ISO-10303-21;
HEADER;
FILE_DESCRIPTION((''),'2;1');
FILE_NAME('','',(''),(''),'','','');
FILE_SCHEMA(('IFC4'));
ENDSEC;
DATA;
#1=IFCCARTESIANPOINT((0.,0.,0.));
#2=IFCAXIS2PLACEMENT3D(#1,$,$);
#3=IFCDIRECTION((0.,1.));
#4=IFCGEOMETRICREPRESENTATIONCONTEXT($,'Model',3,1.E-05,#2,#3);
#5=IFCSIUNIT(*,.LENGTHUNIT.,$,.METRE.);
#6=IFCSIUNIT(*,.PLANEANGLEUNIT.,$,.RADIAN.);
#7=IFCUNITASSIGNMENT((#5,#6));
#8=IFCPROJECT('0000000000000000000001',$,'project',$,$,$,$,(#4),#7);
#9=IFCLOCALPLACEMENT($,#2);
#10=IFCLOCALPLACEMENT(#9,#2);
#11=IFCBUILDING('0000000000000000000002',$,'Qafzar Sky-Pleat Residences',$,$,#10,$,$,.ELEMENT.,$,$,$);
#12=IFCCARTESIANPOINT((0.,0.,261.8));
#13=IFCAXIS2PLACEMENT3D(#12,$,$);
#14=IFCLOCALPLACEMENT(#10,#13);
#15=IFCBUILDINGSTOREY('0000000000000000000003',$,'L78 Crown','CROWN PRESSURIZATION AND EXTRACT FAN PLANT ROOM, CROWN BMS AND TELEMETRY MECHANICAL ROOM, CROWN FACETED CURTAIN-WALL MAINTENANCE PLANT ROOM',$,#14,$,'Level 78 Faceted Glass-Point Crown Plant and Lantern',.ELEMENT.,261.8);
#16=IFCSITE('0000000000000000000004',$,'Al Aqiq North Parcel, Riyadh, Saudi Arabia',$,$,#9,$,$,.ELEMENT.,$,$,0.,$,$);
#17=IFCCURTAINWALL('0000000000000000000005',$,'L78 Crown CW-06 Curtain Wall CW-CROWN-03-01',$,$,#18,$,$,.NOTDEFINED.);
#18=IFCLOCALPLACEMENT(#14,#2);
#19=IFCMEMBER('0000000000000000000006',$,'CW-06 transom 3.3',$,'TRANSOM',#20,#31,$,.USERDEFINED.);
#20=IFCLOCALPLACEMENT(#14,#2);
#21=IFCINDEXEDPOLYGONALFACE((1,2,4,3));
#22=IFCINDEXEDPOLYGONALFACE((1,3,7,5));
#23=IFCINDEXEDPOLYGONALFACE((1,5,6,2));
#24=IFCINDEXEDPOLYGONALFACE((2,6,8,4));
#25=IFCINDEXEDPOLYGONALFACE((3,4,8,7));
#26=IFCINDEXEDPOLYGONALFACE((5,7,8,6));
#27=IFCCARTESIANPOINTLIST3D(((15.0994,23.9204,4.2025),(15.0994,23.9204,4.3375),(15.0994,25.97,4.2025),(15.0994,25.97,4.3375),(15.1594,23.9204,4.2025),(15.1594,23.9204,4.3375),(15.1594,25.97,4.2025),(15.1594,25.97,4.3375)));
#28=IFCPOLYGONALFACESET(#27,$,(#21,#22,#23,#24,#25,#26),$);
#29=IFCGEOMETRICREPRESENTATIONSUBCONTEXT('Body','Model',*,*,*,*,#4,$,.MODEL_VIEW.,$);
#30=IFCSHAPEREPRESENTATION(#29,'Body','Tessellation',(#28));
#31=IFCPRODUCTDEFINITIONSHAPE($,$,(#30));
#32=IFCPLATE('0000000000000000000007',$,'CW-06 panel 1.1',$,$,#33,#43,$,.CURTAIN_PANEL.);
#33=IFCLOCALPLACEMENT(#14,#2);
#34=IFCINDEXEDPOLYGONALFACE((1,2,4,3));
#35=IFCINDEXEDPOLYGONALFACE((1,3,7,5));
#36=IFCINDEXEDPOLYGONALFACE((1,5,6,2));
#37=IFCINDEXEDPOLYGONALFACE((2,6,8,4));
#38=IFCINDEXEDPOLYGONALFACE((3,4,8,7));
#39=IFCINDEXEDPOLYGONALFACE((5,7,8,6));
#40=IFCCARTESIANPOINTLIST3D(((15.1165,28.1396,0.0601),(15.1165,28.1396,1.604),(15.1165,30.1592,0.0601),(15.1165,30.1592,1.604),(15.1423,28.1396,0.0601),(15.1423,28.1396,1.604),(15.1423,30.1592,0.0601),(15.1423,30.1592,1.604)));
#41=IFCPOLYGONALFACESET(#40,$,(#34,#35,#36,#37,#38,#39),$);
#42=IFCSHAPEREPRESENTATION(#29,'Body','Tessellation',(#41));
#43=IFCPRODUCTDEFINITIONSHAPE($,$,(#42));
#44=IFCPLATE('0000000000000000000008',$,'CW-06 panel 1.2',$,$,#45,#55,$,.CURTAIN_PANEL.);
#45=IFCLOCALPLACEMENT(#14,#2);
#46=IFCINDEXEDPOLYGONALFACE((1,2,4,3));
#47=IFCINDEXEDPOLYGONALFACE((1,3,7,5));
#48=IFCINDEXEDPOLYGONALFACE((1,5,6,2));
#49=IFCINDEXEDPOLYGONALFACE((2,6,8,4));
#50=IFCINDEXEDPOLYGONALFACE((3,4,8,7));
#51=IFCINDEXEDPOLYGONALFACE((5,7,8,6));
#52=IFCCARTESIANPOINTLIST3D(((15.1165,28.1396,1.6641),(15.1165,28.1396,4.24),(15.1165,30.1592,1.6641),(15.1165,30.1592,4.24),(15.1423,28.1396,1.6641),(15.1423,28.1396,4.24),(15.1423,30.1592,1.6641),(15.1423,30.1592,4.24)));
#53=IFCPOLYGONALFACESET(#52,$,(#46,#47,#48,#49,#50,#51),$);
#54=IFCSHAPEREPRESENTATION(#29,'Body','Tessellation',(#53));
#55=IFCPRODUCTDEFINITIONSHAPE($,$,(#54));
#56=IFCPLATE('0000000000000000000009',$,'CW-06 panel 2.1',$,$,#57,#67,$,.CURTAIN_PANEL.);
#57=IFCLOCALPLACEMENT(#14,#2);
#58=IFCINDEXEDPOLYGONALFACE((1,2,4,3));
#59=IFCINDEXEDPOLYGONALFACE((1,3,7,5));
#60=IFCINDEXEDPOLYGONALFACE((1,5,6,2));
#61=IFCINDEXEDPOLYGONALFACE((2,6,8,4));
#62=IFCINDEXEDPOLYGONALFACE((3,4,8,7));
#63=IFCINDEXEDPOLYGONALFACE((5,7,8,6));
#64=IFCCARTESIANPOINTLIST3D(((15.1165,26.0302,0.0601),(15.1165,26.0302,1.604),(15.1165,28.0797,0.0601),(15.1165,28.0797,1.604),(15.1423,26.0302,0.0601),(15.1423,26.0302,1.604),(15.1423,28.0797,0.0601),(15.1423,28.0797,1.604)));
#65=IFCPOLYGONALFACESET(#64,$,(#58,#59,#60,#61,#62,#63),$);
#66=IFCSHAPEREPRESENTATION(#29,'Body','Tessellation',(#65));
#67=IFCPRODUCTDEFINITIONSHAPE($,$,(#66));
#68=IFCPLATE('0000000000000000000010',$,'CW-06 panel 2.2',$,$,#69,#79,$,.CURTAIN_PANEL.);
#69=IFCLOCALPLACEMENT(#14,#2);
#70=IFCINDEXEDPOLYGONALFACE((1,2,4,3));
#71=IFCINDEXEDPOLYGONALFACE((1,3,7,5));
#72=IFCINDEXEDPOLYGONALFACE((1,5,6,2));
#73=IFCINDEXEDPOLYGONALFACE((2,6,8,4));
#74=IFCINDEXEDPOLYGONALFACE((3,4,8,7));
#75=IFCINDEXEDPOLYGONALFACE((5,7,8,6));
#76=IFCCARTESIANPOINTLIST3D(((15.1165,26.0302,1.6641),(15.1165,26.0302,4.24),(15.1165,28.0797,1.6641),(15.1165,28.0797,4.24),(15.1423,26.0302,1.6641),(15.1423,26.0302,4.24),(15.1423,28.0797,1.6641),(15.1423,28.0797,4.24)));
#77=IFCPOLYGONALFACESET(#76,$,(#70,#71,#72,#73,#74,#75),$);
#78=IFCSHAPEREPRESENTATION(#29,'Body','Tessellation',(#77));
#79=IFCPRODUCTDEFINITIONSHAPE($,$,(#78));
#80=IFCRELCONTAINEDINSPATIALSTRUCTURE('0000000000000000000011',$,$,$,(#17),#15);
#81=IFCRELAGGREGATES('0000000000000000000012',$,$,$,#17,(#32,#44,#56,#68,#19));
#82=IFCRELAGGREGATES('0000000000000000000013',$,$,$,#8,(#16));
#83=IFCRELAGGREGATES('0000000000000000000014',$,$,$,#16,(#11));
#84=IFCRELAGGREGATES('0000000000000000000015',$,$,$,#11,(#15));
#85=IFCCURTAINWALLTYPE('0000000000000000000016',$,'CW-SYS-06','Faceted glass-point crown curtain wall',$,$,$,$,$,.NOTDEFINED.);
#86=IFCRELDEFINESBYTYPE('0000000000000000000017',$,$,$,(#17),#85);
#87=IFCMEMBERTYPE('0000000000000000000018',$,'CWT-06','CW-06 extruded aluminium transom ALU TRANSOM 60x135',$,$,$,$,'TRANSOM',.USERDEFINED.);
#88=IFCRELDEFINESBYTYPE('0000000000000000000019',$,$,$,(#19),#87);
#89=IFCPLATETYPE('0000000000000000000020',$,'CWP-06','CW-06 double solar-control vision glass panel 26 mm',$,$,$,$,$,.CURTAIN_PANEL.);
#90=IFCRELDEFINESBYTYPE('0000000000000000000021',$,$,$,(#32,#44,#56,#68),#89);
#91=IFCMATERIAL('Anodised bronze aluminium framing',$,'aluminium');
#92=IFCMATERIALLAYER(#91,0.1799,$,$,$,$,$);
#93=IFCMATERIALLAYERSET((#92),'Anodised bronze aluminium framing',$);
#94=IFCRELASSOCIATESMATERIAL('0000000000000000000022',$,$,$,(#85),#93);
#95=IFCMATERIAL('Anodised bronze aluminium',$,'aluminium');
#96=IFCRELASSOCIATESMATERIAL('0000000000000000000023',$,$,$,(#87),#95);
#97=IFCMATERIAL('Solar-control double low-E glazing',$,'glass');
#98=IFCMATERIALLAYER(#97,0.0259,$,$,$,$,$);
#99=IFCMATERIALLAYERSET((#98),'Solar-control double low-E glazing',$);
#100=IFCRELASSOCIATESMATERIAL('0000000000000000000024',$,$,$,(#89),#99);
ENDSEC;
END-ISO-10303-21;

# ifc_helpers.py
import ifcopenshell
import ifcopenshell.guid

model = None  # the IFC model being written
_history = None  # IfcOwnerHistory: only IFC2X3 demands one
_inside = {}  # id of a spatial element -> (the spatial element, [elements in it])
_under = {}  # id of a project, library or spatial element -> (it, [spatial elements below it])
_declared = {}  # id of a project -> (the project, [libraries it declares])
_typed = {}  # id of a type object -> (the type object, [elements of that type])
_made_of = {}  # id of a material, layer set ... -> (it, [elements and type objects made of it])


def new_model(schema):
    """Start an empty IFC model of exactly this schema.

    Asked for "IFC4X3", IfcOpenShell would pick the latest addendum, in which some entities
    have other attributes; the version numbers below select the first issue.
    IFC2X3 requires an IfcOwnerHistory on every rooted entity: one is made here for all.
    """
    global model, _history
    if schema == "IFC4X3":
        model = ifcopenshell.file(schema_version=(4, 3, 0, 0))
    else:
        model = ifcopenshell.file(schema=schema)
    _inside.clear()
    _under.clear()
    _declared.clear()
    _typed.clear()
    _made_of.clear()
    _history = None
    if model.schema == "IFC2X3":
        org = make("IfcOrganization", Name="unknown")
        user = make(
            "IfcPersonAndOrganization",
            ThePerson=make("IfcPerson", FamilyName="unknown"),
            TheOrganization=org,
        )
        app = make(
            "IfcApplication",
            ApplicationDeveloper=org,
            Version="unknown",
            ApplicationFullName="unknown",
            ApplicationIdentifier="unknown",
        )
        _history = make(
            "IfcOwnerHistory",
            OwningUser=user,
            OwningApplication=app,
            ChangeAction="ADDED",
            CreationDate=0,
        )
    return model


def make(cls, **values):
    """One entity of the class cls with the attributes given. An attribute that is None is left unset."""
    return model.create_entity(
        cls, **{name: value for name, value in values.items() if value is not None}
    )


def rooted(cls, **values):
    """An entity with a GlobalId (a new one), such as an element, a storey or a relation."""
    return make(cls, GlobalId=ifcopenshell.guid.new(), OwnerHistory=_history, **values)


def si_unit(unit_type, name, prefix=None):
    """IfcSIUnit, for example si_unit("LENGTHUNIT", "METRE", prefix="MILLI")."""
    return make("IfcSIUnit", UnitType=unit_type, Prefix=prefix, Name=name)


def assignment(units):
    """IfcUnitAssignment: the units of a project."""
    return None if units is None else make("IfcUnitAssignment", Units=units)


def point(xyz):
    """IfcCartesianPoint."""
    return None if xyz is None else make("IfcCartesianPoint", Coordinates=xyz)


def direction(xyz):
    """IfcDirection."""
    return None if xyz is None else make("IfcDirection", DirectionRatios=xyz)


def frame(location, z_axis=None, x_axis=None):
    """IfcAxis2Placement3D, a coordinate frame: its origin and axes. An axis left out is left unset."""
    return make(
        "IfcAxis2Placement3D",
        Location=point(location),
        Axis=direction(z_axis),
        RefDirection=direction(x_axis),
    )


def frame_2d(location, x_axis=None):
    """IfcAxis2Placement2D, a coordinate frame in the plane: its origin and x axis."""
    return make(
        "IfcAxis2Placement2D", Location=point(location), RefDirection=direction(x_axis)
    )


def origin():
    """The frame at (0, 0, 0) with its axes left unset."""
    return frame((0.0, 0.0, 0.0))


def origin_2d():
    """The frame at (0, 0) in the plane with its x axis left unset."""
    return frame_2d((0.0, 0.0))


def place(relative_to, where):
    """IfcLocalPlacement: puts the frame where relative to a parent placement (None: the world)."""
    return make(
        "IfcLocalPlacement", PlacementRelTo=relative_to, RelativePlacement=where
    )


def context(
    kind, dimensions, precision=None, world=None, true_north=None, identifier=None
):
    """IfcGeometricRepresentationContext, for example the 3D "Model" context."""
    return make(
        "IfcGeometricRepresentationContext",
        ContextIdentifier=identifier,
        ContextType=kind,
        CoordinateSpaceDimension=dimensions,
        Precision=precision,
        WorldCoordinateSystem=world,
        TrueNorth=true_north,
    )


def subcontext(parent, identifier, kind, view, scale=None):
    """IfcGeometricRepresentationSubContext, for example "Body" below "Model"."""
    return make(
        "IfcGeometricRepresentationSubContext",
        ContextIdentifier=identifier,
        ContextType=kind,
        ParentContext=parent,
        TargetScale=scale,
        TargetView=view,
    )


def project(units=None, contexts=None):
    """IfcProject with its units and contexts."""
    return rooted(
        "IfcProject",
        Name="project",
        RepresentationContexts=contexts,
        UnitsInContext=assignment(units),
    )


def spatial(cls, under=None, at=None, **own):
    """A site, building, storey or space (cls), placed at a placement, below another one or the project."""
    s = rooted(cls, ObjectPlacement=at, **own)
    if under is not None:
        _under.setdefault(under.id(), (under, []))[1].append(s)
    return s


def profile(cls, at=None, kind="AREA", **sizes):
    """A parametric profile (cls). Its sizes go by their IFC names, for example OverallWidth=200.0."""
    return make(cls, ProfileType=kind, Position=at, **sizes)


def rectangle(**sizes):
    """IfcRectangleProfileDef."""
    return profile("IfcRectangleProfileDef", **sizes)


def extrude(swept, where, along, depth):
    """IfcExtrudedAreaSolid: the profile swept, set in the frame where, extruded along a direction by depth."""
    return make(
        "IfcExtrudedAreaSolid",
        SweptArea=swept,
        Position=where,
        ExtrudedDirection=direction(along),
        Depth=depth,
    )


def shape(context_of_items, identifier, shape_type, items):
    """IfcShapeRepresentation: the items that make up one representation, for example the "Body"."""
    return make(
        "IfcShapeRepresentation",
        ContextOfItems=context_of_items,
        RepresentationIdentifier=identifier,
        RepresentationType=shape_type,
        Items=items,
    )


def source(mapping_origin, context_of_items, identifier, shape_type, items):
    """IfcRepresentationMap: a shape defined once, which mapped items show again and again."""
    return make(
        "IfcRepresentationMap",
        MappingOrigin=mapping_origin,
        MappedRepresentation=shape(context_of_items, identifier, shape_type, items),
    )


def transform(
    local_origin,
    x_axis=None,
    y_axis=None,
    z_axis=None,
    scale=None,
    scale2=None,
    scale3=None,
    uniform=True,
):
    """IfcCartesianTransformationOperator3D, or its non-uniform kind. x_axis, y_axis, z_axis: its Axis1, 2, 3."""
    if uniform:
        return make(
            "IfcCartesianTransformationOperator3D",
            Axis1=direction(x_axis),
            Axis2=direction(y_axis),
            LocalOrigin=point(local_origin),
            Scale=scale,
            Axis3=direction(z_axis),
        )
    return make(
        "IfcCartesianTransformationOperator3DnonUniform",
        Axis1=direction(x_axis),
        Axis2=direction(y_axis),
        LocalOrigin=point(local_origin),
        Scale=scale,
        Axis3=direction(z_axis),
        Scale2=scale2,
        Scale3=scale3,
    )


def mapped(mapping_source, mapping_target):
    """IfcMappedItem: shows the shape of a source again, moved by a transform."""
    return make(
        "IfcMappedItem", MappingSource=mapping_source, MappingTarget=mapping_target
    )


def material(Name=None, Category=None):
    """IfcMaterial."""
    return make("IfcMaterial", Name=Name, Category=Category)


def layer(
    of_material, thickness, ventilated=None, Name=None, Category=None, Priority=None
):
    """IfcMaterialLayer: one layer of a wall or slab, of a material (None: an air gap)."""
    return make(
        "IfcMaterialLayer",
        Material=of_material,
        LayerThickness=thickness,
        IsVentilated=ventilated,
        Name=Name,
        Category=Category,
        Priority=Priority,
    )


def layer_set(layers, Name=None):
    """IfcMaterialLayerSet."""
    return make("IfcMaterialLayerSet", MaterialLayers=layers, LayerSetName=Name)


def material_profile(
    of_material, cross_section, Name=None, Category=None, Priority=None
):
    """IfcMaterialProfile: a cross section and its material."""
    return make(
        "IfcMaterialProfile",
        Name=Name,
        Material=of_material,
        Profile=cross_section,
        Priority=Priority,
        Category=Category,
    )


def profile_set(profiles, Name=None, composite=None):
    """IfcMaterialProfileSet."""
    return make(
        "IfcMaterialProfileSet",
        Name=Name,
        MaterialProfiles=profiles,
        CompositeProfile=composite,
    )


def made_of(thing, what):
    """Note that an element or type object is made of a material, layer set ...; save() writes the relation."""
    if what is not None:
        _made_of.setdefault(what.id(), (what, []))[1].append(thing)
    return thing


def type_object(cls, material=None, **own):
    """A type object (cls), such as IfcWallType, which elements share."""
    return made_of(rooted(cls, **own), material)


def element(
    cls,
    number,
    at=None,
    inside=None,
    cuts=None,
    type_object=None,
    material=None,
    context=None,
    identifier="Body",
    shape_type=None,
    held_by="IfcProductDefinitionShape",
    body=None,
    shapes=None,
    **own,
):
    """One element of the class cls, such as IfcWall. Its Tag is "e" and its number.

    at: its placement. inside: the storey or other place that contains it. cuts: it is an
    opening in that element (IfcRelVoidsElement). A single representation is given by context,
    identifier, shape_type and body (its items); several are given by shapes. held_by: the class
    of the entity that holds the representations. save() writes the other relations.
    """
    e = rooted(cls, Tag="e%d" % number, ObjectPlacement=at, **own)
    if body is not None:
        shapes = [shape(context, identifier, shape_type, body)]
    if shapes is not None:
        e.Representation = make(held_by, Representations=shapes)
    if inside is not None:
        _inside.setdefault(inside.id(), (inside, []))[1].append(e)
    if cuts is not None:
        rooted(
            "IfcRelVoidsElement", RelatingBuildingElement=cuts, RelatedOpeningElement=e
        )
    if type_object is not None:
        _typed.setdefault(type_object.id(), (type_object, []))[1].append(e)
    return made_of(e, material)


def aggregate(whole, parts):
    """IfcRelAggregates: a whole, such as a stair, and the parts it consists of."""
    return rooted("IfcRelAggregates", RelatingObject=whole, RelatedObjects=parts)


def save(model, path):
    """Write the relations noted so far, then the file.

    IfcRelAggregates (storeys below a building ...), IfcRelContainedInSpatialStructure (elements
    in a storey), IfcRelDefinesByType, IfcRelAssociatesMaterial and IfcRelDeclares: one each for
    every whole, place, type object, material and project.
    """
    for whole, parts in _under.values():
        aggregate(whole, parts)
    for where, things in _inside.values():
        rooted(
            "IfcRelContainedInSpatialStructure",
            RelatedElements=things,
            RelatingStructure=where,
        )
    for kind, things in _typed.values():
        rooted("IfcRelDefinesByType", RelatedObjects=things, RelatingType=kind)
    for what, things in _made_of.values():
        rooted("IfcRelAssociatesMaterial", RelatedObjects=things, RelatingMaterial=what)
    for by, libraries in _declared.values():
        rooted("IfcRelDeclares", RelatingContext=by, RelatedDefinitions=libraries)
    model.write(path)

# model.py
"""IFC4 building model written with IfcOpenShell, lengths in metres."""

from ifc_helpers import new_model, si_unit, direction, frame, origin, origin_2d, place, context, subcontext, project, spatial, rectangle, extrude, source, transform, mapped, material, layer, layer_set, material_profile, profile_set, type_object, element, aggregate, save


model = new_model("IFC4")

# Units and contexts
model_context = context("Model", 3, precision=1e-05, world=origin(), true_north=direction((0.0, 1.0)))
body_context = subcontext(model_context, "Body", "Model", "MODEL_VIEW")
ifc_project = project(units=[si_unit("LENGTHUNIT", "METRE"), si_unit("PLANEANGLEUNIT", "RADIAN")], contexts=[model_context])

# Site, building, storey
site_placement = place(None, origin())
site = spatial("IfcSite", under=ifc_project, at=site_placement, Name="Al Aqiq North Parcel, Riyadh, Saudi Arabia", CompositionType="ELEMENT", RefElevation=0.0)
building_placement = place(site_placement, origin())
building = spatial("IfcBuilding", under=site, at=building_placement, Name="Qafzar Sky-Pleat Residences", CompositionType="ELEMENT")
storey_placement = place(building_placement, frame((0.0, 0.0, 261.8)))
storey = spatial("IfcBuildingStorey", under=building, at=storey_placement, Name="L78 Crown", Description="CROWN PRESSURIZATION AND EXTRACT FAN PLANT ROOM, CROWN BMS AND TELEMETRY MECHANICAL ROOM, CROWN FACETED CURTAIN-WALL MAINTENANCE PLANT ROOM", LongName="Level 78 Faceted Glass-Point Crown Plant and Lantern", CompositionType="ELEMENT", Elevation=261.8)

# Curtain wall
ifc_material_1 = material(Name="Anodised bronze aluminium framing", Category="aluminium")
ifc_layer_1 = layer(ifc_material_1, 0.1799)
ifc_layer_set_1 = layer_set([ifc_layer_1], Name="Anodised bronze aluminium framing")
curtain_wall_type = type_object("IfcCurtainWallType", Name="CW-SYS-06", Description="Faceted glass-point crown curtain wall", PredefinedType="NOTDEFINED", material=ifc_layer_set_1)
curtain_wall_1_placement = place(storey_placement, origin())
curtain_wall_1 = element("IfcCurtainWall", 1, at=curtain_wall_1_placement, inside=storey, type_object=curtain_wall_type, Name="L78 Crown CW-06 Curtain Wall CW-CROWN-03-01", PredefinedType="NOTDEFINED")
ifc_material_2 = material(Name="Anodised bronze aluminium", Category="aluminium")

# Member
ifc_material_profile_1 = material_profile(ifc_material_2, rectangle(XDim=0.0601, YDim=0.135, at=origin_2d()), Name="ALU TRANSOM 60x135")
ifc_profile_set_1 = profile_set([ifc_material_profile_1], Name="Anodised bronze aluminium")
member_type_1 = type_object("IfcMemberType", Name="CWT-06", Description="CW-06 extruded aluminium transom ALU TRANSOM 60x135", ElementType="TRANSOM", PredefinedType="USERDEFINED", material=ifc_profile_set_1)
shared_shape_1 = source(origin(), body_context, "Body", "SweptSolid", [
    extrude(rectangle(XDim=0.0601, YDim=0.135, at=origin_2d()), origin(), (0.0, 0.0, 1.0), 2.0496),
])
member_1_placement = place(storey_placement, frame((15.1294, 25.97, 4.27), z_axis=(0.0, -1.0, 0.0), x_axis=(1.0, 0.0, 0.0)))
member_1 = element("IfcMember", 2, at=member_1_placement, type_object=member_type_1, Name="CW-06 transom 3.3", ObjectType="TRANSOM", PredefinedType="USERDEFINED", context=body_context, shape_type="MappedRepresentation", body=[
    mapped(shared_shape_1, transform((0.0, 0.0, 0.0), x_axis=(1.0, 0.0, 0.0), y_axis=(0.0, 1.0, 0.0), z_axis=(0.0, 0.0, 1.0), scale=1.0)),
])

# Plates
ifc_material_3 = material(Name="Solar-control double low-E glazing", Category="glass")
ifc_layer_2 = layer(ifc_material_3, 0.0259)
ifc_layer_set_2 = layer_set([ifc_layer_2], Name="Solar-control double low-E glazing")
plate_type = type_object("IfcPlateType", Name="CWP-06", Description="CW-06 double solar-control vision glass panel 26 mm", PredefinedType="CURTAIN_PANEL", material=ifc_layer_set_2)
shared_shape_2 = source(origin(), body_context, "Body", "SweptSolid", [
    extrude(rectangle(XDim=2.0195, YDim=0.0259, at=origin_2d()), origin(), (0.0, 0.0, 1.0), 1.5439),
])
plate_1_placement = place(storey_placement, frame((15.1294, 29.1494, 0.0601), z_axis=(0.0, 0.0, 1.0), x_axis=(0.0, -1.0, 0.0)))
plate_1 = element("IfcPlate", 3, at=plate_1_placement, type_object=plate_type, Name="CW-06 panel 1.1", PredefinedType="CURTAIN_PANEL", context=body_context, shape_type="MappedRepresentation", body=[
    mapped(shared_shape_2, transform((0.0, 0.0, 0.0), x_axis=(1.0, 0.0, 0.0), y_axis=(0.0, 1.0, 0.0), z_axis=(0.0, 0.0, 1.0), scale=1.0)),
])
shared_shape_3 = source(origin(), body_context, "Body", "SweptSolid", [
    extrude(rectangle(XDim=2.0195, YDim=0.0259, at=origin_2d()), origin(), (0.0, 0.0, 1.0), 2.5759),
])
plate_2_placement = place(storey_placement, frame((15.1294, 29.1494, 1.6641), z_axis=(0.0, 0.0, 1.0), x_axis=(0.0, -1.0, 0.0)))
plate_2 = element("IfcPlate", 4, at=plate_2_placement, type_object=plate_type, Name="CW-06 panel 1.2", PredefinedType="CURTAIN_PANEL", context=body_context, shape_type="MappedRepresentation", body=[
    mapped(shared_shape_3, transform((0.0, 0.0, 0.0), x_axis=(1.0, 0.0, 0.0), y_axis=(0.0, 1.0, 0.0), z_axis=(0.0, 0.0, 1.0), scale=1.0)),
])
shared_shape_4 = source(origin(), body_context, "Body", "SweptSolid", [
    extrude(rectangle(XDim=2.0496, YDim=0.0259, at=origin_2d()), origin(), (0.0, 0.0, 1.0), 1.5439),
])
plate_3_placement = place(storey_placement, frame((15.1294, 27.0549, 0.0601), z_axis=(0.0, 0.0, 1.0), x_axis=(0.0, -1.0, 0.0)))
plate_3 = element("IfcPlate", 5, at=plate_3_placement, type_object=plate_type, Name="CW-06 panel 2.1", PredefinedType="CURTAIN_PANEL", context=body_context, shape_type="MappedRepresentation", body=[
    mapped(shared_shape_4, transform((0.0, 0.0, 0.0), x_axis=(1.0, 0.0, 0.0), y_axis=(0.0, 1.0, 0.0), z_axis=(0.0, 0.0, 1.0), scale=1.0)),
])
shared_shape_5 = source(origin(), body_context, "Body", "SweptSolid", [
    extrude(rectangle(XDim=2.0496, YDim=0.0259, at=origin_2d()), origin(), (0.0, 0.0, 1.0), 2.5759),
])
plate_4_placement = place(storey_placement, frame((15.1294, 27.0549, 1.6641), z_axis=(0.0, 0.0, 1.0), x_axis=(0.0, -1.0, 0.0)))
plate_4 = element("IfcPlate", 6, at=plate_4_placement, type_object=plate_type, Name="CW-06 panel 2.2", PredefinedType="CURTAIN_PANEL", context=body_context, shape_type="MappedRepresentation", body=[
    mapped(shared_shape_5, transform((0.0, 0.0, 0.0), x_axis=(1.0, 0.0, 0.0), y_axis=(0.0, 1.0, 0.0), z_axis=(0.0, 0.0, 1.0), scale=1.0)),
])
aggregate(curtain_wall_1, [plate_1, plate_2, plate_3, plate_4, member_1])

save(model, "model.ifc")
